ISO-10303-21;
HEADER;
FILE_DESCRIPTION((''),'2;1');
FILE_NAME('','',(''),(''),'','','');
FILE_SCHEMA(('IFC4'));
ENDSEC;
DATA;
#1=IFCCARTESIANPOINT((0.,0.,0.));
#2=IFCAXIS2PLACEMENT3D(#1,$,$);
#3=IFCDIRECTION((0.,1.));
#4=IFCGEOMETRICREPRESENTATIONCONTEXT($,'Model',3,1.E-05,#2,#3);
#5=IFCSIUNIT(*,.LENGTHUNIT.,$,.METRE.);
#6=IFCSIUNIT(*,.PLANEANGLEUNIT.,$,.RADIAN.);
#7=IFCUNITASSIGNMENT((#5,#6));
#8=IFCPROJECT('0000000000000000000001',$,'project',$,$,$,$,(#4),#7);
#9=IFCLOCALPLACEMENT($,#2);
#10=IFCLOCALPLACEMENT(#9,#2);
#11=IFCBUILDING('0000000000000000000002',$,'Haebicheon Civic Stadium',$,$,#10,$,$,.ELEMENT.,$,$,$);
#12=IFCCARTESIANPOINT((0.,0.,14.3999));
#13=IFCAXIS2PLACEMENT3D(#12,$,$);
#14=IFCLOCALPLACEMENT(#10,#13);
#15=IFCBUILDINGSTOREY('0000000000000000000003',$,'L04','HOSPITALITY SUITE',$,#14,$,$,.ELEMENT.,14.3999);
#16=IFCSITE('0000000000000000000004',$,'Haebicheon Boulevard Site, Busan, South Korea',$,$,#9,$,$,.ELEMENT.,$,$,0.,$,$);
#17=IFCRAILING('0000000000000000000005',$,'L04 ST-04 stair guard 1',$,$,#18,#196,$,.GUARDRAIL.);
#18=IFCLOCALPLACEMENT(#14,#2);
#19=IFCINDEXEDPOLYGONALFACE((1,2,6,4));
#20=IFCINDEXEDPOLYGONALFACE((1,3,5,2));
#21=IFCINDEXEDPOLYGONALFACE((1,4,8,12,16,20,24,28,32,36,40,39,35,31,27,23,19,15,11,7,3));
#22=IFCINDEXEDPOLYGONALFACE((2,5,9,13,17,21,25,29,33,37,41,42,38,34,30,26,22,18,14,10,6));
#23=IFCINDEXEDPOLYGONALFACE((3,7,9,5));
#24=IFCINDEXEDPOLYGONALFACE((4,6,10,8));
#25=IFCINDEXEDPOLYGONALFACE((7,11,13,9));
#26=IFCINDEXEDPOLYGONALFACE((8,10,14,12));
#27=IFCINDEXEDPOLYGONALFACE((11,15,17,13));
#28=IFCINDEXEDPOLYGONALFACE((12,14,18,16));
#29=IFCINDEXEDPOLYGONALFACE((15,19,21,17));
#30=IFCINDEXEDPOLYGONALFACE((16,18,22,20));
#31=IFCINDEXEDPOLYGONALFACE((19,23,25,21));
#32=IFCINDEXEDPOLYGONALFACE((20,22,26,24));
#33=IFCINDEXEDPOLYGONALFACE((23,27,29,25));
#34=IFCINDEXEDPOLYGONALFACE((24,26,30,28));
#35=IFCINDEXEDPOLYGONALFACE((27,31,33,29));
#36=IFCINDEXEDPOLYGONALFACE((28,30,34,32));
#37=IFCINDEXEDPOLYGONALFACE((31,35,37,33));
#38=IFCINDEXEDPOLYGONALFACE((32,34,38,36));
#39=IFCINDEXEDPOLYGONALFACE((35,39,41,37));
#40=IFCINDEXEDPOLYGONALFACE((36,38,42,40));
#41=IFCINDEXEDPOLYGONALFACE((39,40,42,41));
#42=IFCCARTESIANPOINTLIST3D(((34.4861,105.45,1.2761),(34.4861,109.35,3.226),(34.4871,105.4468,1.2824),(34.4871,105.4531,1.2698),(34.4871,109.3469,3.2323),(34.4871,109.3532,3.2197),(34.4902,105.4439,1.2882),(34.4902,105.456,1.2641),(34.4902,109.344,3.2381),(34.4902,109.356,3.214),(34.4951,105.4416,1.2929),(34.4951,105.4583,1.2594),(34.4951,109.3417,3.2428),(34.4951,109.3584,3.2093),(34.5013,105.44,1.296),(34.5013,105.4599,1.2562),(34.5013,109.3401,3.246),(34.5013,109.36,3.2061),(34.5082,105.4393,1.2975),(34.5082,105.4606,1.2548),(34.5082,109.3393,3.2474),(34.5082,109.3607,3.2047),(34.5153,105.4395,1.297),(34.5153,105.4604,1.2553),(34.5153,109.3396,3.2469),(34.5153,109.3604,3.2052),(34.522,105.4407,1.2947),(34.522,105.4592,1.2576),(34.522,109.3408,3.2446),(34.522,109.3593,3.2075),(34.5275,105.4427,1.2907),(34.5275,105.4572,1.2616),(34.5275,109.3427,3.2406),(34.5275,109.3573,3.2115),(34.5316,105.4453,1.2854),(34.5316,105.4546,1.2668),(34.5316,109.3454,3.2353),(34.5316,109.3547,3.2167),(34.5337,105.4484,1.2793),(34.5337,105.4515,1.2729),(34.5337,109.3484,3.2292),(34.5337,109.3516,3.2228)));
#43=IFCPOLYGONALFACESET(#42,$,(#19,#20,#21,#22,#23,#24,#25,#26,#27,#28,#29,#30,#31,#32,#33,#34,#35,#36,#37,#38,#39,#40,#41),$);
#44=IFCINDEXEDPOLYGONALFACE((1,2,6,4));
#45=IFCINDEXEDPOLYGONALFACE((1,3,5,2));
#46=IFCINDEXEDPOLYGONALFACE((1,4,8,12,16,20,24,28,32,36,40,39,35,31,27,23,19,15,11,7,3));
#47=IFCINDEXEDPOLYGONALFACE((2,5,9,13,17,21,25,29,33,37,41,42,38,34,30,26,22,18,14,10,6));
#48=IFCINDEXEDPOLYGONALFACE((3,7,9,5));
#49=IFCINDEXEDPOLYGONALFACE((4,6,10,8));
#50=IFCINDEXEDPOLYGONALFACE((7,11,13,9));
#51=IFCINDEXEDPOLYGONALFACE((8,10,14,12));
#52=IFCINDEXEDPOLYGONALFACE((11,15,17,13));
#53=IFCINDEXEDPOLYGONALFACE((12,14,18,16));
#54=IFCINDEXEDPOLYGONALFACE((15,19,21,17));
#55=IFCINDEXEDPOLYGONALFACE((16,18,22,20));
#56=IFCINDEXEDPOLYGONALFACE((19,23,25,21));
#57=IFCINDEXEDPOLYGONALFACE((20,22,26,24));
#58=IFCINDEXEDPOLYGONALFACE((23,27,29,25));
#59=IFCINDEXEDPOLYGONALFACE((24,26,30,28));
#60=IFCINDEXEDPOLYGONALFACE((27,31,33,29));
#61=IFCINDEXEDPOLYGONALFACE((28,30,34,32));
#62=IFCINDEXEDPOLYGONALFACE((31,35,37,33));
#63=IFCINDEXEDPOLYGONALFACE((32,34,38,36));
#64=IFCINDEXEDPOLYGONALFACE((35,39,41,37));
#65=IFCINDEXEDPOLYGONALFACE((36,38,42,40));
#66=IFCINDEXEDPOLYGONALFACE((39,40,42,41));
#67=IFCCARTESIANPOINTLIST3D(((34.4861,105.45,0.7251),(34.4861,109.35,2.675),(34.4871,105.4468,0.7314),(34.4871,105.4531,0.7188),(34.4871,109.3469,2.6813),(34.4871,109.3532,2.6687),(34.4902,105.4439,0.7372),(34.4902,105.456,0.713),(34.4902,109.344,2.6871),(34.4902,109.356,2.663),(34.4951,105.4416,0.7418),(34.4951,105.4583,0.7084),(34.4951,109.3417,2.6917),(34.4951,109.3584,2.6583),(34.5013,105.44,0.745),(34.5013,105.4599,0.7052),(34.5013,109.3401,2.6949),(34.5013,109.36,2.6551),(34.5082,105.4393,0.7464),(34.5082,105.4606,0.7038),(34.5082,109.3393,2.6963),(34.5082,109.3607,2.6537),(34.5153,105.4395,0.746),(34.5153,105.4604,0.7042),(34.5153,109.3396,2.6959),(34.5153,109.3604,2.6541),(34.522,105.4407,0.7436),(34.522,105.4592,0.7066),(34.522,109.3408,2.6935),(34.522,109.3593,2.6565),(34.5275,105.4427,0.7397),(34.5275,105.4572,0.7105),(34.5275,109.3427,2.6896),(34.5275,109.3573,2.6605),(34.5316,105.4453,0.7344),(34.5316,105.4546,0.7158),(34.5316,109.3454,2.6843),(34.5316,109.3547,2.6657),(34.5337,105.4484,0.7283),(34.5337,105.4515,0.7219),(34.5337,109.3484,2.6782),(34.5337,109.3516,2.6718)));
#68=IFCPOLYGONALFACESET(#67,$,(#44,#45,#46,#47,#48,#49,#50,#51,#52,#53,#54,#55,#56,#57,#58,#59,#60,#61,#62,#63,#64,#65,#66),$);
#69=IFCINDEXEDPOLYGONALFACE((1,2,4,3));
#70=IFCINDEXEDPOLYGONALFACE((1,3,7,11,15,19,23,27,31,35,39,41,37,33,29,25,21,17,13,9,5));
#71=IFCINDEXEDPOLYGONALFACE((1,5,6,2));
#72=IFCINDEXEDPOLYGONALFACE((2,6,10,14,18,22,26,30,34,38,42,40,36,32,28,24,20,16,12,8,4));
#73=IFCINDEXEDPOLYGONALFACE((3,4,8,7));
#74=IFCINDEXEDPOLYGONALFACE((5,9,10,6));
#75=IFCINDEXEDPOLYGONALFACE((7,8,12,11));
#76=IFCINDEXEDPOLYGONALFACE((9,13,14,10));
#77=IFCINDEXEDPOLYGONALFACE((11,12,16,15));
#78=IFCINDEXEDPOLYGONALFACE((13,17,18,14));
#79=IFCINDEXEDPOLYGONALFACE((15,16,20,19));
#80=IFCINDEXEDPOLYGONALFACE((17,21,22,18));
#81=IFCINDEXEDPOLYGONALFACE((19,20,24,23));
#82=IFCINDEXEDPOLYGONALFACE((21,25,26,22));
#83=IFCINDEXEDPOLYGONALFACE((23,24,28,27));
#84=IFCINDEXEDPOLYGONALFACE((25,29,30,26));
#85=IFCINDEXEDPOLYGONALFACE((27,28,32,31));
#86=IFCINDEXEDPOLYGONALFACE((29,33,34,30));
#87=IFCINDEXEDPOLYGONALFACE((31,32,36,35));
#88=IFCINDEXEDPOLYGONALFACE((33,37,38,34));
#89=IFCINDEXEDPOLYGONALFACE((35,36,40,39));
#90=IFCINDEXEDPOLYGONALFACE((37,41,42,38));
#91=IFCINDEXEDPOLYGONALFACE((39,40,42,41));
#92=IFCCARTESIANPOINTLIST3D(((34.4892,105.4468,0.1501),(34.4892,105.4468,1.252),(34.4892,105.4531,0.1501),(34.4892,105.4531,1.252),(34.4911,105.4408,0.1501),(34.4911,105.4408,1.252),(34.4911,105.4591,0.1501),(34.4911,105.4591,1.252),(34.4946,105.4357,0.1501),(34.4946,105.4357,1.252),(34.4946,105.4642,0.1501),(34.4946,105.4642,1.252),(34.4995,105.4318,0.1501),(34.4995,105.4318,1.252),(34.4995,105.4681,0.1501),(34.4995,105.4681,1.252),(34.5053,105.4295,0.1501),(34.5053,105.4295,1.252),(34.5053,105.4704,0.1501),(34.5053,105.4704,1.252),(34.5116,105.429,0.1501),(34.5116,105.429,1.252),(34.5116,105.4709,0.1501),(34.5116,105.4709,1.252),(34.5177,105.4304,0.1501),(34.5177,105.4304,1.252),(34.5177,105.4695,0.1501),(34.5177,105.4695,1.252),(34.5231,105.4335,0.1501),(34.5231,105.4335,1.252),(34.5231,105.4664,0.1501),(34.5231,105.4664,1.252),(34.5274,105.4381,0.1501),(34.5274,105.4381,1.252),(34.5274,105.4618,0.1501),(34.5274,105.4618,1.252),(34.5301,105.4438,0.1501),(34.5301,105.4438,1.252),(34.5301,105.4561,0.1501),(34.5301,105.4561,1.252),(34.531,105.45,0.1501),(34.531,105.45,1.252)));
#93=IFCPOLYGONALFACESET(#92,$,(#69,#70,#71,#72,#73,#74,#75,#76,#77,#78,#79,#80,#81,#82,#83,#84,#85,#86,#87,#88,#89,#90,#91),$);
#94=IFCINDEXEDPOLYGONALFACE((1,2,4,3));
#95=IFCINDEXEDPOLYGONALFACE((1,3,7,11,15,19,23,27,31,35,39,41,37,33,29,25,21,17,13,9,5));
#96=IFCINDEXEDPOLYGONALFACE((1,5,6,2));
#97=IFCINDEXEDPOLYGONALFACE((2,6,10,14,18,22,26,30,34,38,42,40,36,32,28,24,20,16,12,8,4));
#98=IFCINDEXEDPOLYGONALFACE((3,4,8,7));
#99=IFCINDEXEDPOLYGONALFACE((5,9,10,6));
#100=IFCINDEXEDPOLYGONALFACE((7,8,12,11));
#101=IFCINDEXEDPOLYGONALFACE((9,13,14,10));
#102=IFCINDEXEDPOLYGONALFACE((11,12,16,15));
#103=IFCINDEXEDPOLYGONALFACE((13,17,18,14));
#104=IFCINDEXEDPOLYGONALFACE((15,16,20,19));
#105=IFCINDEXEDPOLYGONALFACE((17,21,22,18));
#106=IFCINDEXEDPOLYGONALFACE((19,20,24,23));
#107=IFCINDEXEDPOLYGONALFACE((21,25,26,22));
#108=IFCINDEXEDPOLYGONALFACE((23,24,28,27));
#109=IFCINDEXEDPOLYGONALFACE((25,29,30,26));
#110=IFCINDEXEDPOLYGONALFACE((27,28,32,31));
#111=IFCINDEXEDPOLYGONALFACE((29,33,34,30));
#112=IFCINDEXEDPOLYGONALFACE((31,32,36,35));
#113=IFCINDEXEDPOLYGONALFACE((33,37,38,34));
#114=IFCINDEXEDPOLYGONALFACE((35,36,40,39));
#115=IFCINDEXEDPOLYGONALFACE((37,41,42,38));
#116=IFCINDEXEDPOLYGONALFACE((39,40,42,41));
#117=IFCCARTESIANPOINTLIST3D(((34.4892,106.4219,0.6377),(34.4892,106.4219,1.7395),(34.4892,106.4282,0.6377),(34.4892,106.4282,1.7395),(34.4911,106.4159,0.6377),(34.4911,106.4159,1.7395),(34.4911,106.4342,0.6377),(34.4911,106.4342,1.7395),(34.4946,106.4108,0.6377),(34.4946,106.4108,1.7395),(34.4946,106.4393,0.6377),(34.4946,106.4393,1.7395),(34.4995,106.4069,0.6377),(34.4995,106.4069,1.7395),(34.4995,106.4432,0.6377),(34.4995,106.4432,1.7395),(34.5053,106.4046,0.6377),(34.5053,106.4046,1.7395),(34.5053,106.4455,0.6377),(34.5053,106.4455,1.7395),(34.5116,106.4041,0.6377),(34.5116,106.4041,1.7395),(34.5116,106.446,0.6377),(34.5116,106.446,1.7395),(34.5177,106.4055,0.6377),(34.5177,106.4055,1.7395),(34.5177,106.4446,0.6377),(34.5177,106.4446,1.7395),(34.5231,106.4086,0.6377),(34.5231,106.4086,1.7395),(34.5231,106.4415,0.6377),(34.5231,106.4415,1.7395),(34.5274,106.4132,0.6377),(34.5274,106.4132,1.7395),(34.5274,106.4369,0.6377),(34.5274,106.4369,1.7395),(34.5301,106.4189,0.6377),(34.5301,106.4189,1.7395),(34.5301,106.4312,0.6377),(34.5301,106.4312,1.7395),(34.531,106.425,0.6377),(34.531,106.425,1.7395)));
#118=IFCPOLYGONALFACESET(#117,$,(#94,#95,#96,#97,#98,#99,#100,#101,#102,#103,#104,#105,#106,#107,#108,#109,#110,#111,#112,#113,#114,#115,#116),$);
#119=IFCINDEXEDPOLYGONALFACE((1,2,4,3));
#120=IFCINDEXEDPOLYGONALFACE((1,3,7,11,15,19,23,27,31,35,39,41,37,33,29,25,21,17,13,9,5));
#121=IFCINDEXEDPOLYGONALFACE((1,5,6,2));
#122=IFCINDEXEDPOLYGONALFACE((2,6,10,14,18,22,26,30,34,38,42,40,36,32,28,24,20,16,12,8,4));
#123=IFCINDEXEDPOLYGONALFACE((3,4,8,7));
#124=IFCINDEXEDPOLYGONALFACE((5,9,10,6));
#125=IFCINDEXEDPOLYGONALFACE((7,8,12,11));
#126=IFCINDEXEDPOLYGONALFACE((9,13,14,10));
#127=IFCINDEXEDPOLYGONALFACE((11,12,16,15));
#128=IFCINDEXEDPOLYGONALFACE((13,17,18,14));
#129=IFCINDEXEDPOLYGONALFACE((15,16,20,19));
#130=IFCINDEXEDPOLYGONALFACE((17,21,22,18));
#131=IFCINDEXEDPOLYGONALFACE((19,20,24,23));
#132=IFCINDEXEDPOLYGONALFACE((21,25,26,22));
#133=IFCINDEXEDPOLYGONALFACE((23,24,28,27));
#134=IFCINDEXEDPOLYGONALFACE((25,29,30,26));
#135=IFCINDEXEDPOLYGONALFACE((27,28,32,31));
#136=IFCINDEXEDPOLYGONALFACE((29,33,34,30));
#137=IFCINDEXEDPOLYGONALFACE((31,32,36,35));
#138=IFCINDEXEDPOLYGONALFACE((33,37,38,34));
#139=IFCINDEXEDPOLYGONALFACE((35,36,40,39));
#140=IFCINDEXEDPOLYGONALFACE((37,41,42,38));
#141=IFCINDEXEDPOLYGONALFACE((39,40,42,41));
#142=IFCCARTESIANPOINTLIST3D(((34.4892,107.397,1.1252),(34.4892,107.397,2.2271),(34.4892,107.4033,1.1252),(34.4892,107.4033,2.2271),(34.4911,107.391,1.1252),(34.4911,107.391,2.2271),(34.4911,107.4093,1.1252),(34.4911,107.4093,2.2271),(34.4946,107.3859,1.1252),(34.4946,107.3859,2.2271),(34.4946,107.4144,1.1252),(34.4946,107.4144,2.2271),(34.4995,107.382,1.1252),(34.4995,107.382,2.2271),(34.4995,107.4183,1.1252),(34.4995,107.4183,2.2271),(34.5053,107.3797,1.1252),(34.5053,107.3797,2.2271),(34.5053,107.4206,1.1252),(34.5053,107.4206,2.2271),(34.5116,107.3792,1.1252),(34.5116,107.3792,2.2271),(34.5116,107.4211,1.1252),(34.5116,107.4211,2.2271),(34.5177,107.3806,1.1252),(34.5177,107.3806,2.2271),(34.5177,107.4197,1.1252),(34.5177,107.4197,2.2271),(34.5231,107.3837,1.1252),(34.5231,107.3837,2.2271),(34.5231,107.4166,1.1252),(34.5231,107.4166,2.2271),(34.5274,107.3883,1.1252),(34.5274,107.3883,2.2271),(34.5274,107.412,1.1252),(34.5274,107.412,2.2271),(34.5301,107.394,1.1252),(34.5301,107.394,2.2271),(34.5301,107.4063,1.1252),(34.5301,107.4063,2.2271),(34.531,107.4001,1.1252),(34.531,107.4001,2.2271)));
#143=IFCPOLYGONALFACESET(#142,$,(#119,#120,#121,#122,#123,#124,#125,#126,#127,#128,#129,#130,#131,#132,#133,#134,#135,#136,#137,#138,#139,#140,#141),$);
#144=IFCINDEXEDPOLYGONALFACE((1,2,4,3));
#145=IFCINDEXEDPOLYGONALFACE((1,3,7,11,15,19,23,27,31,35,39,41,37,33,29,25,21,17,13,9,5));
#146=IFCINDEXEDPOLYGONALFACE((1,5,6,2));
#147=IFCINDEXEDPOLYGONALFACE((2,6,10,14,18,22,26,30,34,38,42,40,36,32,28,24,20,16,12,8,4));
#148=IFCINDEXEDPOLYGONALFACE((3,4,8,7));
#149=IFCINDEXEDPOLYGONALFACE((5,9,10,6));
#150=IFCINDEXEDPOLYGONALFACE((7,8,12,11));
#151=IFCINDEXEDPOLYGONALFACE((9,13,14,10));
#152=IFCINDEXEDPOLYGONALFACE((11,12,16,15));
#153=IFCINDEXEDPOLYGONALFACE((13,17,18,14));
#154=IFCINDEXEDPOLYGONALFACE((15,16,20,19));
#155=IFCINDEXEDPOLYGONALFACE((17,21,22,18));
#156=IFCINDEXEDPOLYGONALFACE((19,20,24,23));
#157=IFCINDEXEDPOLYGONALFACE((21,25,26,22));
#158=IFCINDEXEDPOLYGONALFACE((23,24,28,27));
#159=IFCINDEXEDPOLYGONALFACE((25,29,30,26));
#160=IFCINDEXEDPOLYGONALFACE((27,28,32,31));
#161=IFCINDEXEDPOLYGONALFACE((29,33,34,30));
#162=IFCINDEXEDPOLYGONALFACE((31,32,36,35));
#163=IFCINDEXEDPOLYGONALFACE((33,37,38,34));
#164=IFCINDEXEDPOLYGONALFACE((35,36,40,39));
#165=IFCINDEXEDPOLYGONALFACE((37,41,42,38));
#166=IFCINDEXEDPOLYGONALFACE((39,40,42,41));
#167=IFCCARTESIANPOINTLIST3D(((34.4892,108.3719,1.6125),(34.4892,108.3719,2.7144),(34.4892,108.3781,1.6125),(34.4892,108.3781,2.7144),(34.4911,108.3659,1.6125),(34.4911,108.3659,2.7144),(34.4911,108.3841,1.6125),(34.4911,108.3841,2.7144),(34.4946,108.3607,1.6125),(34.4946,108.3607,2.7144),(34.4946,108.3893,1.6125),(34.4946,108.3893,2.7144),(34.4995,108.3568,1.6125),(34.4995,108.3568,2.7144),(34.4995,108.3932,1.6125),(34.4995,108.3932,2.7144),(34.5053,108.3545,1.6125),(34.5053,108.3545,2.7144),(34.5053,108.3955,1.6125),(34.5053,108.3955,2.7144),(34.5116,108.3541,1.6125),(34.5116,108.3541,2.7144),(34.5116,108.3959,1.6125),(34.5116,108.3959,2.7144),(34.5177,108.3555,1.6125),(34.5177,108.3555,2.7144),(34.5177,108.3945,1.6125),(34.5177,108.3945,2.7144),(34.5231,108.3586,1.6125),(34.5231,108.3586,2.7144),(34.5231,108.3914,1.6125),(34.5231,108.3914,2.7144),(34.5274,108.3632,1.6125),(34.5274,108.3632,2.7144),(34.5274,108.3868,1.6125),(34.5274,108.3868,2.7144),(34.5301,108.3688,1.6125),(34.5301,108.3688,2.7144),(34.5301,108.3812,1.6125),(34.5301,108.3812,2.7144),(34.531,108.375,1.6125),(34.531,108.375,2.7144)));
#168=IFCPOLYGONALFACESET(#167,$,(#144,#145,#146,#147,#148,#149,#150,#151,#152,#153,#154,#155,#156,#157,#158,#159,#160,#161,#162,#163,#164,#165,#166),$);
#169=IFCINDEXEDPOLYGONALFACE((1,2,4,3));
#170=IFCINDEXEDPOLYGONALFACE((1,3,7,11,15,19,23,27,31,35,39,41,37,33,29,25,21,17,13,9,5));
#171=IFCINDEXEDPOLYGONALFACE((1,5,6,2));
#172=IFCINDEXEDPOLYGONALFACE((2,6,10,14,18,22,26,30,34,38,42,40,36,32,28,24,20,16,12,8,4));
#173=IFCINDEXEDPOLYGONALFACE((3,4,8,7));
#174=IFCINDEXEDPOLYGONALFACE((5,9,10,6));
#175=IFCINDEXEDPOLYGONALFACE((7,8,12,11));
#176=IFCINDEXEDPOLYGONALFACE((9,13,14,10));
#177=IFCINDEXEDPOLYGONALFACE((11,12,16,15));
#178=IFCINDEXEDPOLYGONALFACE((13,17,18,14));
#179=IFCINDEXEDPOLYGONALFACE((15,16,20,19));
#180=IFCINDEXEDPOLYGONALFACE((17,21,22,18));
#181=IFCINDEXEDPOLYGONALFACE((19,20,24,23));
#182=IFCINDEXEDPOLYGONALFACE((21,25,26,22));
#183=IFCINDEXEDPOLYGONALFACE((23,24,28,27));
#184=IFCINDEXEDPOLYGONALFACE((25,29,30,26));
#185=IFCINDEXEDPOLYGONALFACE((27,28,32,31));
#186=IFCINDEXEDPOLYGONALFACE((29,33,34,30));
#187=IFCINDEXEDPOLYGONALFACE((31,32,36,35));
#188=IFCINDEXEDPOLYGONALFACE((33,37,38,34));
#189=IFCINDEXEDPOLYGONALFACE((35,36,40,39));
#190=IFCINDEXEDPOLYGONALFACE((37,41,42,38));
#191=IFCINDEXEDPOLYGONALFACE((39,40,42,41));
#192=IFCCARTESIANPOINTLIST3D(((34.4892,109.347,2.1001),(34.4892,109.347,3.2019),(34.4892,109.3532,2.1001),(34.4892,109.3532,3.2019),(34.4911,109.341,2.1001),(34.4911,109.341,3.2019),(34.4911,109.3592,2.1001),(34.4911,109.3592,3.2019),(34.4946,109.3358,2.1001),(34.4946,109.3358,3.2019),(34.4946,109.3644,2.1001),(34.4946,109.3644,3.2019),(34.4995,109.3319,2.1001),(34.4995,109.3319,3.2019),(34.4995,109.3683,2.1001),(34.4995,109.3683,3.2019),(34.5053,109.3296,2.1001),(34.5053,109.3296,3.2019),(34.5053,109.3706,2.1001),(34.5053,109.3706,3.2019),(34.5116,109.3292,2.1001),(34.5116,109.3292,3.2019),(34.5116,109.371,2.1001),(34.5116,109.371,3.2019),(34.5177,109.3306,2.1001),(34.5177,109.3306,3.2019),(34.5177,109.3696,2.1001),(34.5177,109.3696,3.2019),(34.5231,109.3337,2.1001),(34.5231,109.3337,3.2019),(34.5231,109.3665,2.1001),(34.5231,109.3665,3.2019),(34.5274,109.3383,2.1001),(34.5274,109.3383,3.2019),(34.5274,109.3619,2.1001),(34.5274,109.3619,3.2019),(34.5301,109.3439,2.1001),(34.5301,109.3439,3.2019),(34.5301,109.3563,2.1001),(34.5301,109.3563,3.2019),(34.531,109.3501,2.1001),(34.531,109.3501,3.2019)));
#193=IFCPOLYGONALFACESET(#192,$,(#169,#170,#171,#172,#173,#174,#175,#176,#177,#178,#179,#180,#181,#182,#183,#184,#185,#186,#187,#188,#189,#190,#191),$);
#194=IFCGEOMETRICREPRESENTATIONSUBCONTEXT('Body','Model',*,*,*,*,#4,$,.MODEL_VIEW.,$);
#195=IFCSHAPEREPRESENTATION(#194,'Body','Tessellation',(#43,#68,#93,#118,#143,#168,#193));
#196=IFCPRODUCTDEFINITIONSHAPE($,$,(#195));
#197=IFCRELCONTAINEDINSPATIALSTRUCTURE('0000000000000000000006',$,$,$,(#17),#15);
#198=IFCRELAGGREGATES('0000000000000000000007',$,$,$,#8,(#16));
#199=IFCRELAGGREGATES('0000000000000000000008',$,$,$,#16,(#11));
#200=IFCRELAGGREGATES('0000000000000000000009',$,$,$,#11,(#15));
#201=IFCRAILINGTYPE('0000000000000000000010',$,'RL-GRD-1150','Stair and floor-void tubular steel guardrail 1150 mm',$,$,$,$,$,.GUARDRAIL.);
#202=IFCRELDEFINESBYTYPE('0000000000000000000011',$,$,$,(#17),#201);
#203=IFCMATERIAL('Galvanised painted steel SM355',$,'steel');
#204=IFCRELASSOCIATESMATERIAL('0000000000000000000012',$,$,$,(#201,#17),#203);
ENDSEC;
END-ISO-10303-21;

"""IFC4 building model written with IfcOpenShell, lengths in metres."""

from ifc_helpers import new_model, si_unit, direction, frame, origin, origin_2d, place, context, subcontext, project, spatial, circle, extrude, material, type_object, element, save


model = new_model("IFC4")

# Units and contexts
model_context = context("Model", 3, precision=1e-05, world=origin(), true_north=direction((0.0, 1.0)))
body_context = subcontext(model_context, "Body", "Model", "MODEL_VIEW")
ifc_project = project(units=[si_unit("LENGTHUNIT", "METRE"), si_unit("PLANEANGLEUNIT", "RADIAN")], contexts=[model_context])

# Site, building, storey
site_placement = place(None, origin())
site = spatial("IfcSite", under=ifc_project, at=site_placement, Name="Haebicheon Boulevard Site, Busan, South Korea", CompositionType="ELEMENT", RefElevation=0.0)
building_placement = place(site_placement, origin())
building = spatial("IfcBuilding", under=site, at=building_placement, Name="Haebicheon Civic Stadium", CompositionType="ELEMENT")
storey_placement = place(building_placement, frame((0.0, 0.0, 14.3999)))
storey = spatial("IfcBuildingStorey", under=building, at=storey_placement, Name="L04", Description="HOSPITALITY SUITE", CompositionType="ELEMENT", Elevation=14.3999)

# Railing
ifc_material_1 = material(Name="Galvanised painted steel SM355", Category="steel")
railing_type_1 = type_object("IfcRailingType", Name="RL-GRD-1150", Description="Stair and floor-void tubular steel guardrail 1150 mm", PredefinedType="GUARDRAIL", material=ifc_material_1)
railing_1_placement = place(storey_placement, frame((34.51, 105.45, 0.1501)))
element("IfcRailing", 1, at=railing_1_placement, inside=storey, type_object=railing_type_1, material=ifc_material_1, Name="L04 ST-04 stair guard 1", PredefinedType="GUARDRAIL", context=body_context, shape_type="SweptSolid", body=[
    extrude(circle(Radius=0.0239, at=origin_2d()), frame((0.0, 0.0, 1.126), z_axis=(0.0, 0.894438, 0.447191), x_axis=(-1.0, 0.0, 0.0)), (0.0, 0.0, 1.0), 4.3604),
    extrude(circle(Radius=0.0239, at=origin_2d()), frame((0.0, 0.0, 0.575), z_axis=(0.0, 0.894438, 0.447191), x_axis=(-1.0, 0.0, 0.0)), (0.0, 0.0, 1.0), 4.3604),
    extrude(circle(Radius=0.021, at=origin_2d()), origin(), (0.0, 0.0, 1.0), 1.1018),
    extrude(circle(Radius=0.021, at=origin_2d()), frame((0.0, 0.9751, 0.4875)), (0.0, 0.0, 1.0), 1.1018),
    extrude(circle(Radius=0.021, at=origin_2d()), frame((0.0, 1.9502, 0.9751)), (0.0, 0.0, 1.0), 1.1018),
    extrude(circle(Radius=0.021, at=origin_2d()), frame((0.0, 2.925, 1.4624)), (0.0, 0.0, 1.0), 1.1018),
    extrude(circle(Radius=0.021, at=origin_2d()), frame((0.0, 3.9001, 1.95)), (0.0, 0.0, 1.0), 1.1018),
])

save(model, "model.ifc")
